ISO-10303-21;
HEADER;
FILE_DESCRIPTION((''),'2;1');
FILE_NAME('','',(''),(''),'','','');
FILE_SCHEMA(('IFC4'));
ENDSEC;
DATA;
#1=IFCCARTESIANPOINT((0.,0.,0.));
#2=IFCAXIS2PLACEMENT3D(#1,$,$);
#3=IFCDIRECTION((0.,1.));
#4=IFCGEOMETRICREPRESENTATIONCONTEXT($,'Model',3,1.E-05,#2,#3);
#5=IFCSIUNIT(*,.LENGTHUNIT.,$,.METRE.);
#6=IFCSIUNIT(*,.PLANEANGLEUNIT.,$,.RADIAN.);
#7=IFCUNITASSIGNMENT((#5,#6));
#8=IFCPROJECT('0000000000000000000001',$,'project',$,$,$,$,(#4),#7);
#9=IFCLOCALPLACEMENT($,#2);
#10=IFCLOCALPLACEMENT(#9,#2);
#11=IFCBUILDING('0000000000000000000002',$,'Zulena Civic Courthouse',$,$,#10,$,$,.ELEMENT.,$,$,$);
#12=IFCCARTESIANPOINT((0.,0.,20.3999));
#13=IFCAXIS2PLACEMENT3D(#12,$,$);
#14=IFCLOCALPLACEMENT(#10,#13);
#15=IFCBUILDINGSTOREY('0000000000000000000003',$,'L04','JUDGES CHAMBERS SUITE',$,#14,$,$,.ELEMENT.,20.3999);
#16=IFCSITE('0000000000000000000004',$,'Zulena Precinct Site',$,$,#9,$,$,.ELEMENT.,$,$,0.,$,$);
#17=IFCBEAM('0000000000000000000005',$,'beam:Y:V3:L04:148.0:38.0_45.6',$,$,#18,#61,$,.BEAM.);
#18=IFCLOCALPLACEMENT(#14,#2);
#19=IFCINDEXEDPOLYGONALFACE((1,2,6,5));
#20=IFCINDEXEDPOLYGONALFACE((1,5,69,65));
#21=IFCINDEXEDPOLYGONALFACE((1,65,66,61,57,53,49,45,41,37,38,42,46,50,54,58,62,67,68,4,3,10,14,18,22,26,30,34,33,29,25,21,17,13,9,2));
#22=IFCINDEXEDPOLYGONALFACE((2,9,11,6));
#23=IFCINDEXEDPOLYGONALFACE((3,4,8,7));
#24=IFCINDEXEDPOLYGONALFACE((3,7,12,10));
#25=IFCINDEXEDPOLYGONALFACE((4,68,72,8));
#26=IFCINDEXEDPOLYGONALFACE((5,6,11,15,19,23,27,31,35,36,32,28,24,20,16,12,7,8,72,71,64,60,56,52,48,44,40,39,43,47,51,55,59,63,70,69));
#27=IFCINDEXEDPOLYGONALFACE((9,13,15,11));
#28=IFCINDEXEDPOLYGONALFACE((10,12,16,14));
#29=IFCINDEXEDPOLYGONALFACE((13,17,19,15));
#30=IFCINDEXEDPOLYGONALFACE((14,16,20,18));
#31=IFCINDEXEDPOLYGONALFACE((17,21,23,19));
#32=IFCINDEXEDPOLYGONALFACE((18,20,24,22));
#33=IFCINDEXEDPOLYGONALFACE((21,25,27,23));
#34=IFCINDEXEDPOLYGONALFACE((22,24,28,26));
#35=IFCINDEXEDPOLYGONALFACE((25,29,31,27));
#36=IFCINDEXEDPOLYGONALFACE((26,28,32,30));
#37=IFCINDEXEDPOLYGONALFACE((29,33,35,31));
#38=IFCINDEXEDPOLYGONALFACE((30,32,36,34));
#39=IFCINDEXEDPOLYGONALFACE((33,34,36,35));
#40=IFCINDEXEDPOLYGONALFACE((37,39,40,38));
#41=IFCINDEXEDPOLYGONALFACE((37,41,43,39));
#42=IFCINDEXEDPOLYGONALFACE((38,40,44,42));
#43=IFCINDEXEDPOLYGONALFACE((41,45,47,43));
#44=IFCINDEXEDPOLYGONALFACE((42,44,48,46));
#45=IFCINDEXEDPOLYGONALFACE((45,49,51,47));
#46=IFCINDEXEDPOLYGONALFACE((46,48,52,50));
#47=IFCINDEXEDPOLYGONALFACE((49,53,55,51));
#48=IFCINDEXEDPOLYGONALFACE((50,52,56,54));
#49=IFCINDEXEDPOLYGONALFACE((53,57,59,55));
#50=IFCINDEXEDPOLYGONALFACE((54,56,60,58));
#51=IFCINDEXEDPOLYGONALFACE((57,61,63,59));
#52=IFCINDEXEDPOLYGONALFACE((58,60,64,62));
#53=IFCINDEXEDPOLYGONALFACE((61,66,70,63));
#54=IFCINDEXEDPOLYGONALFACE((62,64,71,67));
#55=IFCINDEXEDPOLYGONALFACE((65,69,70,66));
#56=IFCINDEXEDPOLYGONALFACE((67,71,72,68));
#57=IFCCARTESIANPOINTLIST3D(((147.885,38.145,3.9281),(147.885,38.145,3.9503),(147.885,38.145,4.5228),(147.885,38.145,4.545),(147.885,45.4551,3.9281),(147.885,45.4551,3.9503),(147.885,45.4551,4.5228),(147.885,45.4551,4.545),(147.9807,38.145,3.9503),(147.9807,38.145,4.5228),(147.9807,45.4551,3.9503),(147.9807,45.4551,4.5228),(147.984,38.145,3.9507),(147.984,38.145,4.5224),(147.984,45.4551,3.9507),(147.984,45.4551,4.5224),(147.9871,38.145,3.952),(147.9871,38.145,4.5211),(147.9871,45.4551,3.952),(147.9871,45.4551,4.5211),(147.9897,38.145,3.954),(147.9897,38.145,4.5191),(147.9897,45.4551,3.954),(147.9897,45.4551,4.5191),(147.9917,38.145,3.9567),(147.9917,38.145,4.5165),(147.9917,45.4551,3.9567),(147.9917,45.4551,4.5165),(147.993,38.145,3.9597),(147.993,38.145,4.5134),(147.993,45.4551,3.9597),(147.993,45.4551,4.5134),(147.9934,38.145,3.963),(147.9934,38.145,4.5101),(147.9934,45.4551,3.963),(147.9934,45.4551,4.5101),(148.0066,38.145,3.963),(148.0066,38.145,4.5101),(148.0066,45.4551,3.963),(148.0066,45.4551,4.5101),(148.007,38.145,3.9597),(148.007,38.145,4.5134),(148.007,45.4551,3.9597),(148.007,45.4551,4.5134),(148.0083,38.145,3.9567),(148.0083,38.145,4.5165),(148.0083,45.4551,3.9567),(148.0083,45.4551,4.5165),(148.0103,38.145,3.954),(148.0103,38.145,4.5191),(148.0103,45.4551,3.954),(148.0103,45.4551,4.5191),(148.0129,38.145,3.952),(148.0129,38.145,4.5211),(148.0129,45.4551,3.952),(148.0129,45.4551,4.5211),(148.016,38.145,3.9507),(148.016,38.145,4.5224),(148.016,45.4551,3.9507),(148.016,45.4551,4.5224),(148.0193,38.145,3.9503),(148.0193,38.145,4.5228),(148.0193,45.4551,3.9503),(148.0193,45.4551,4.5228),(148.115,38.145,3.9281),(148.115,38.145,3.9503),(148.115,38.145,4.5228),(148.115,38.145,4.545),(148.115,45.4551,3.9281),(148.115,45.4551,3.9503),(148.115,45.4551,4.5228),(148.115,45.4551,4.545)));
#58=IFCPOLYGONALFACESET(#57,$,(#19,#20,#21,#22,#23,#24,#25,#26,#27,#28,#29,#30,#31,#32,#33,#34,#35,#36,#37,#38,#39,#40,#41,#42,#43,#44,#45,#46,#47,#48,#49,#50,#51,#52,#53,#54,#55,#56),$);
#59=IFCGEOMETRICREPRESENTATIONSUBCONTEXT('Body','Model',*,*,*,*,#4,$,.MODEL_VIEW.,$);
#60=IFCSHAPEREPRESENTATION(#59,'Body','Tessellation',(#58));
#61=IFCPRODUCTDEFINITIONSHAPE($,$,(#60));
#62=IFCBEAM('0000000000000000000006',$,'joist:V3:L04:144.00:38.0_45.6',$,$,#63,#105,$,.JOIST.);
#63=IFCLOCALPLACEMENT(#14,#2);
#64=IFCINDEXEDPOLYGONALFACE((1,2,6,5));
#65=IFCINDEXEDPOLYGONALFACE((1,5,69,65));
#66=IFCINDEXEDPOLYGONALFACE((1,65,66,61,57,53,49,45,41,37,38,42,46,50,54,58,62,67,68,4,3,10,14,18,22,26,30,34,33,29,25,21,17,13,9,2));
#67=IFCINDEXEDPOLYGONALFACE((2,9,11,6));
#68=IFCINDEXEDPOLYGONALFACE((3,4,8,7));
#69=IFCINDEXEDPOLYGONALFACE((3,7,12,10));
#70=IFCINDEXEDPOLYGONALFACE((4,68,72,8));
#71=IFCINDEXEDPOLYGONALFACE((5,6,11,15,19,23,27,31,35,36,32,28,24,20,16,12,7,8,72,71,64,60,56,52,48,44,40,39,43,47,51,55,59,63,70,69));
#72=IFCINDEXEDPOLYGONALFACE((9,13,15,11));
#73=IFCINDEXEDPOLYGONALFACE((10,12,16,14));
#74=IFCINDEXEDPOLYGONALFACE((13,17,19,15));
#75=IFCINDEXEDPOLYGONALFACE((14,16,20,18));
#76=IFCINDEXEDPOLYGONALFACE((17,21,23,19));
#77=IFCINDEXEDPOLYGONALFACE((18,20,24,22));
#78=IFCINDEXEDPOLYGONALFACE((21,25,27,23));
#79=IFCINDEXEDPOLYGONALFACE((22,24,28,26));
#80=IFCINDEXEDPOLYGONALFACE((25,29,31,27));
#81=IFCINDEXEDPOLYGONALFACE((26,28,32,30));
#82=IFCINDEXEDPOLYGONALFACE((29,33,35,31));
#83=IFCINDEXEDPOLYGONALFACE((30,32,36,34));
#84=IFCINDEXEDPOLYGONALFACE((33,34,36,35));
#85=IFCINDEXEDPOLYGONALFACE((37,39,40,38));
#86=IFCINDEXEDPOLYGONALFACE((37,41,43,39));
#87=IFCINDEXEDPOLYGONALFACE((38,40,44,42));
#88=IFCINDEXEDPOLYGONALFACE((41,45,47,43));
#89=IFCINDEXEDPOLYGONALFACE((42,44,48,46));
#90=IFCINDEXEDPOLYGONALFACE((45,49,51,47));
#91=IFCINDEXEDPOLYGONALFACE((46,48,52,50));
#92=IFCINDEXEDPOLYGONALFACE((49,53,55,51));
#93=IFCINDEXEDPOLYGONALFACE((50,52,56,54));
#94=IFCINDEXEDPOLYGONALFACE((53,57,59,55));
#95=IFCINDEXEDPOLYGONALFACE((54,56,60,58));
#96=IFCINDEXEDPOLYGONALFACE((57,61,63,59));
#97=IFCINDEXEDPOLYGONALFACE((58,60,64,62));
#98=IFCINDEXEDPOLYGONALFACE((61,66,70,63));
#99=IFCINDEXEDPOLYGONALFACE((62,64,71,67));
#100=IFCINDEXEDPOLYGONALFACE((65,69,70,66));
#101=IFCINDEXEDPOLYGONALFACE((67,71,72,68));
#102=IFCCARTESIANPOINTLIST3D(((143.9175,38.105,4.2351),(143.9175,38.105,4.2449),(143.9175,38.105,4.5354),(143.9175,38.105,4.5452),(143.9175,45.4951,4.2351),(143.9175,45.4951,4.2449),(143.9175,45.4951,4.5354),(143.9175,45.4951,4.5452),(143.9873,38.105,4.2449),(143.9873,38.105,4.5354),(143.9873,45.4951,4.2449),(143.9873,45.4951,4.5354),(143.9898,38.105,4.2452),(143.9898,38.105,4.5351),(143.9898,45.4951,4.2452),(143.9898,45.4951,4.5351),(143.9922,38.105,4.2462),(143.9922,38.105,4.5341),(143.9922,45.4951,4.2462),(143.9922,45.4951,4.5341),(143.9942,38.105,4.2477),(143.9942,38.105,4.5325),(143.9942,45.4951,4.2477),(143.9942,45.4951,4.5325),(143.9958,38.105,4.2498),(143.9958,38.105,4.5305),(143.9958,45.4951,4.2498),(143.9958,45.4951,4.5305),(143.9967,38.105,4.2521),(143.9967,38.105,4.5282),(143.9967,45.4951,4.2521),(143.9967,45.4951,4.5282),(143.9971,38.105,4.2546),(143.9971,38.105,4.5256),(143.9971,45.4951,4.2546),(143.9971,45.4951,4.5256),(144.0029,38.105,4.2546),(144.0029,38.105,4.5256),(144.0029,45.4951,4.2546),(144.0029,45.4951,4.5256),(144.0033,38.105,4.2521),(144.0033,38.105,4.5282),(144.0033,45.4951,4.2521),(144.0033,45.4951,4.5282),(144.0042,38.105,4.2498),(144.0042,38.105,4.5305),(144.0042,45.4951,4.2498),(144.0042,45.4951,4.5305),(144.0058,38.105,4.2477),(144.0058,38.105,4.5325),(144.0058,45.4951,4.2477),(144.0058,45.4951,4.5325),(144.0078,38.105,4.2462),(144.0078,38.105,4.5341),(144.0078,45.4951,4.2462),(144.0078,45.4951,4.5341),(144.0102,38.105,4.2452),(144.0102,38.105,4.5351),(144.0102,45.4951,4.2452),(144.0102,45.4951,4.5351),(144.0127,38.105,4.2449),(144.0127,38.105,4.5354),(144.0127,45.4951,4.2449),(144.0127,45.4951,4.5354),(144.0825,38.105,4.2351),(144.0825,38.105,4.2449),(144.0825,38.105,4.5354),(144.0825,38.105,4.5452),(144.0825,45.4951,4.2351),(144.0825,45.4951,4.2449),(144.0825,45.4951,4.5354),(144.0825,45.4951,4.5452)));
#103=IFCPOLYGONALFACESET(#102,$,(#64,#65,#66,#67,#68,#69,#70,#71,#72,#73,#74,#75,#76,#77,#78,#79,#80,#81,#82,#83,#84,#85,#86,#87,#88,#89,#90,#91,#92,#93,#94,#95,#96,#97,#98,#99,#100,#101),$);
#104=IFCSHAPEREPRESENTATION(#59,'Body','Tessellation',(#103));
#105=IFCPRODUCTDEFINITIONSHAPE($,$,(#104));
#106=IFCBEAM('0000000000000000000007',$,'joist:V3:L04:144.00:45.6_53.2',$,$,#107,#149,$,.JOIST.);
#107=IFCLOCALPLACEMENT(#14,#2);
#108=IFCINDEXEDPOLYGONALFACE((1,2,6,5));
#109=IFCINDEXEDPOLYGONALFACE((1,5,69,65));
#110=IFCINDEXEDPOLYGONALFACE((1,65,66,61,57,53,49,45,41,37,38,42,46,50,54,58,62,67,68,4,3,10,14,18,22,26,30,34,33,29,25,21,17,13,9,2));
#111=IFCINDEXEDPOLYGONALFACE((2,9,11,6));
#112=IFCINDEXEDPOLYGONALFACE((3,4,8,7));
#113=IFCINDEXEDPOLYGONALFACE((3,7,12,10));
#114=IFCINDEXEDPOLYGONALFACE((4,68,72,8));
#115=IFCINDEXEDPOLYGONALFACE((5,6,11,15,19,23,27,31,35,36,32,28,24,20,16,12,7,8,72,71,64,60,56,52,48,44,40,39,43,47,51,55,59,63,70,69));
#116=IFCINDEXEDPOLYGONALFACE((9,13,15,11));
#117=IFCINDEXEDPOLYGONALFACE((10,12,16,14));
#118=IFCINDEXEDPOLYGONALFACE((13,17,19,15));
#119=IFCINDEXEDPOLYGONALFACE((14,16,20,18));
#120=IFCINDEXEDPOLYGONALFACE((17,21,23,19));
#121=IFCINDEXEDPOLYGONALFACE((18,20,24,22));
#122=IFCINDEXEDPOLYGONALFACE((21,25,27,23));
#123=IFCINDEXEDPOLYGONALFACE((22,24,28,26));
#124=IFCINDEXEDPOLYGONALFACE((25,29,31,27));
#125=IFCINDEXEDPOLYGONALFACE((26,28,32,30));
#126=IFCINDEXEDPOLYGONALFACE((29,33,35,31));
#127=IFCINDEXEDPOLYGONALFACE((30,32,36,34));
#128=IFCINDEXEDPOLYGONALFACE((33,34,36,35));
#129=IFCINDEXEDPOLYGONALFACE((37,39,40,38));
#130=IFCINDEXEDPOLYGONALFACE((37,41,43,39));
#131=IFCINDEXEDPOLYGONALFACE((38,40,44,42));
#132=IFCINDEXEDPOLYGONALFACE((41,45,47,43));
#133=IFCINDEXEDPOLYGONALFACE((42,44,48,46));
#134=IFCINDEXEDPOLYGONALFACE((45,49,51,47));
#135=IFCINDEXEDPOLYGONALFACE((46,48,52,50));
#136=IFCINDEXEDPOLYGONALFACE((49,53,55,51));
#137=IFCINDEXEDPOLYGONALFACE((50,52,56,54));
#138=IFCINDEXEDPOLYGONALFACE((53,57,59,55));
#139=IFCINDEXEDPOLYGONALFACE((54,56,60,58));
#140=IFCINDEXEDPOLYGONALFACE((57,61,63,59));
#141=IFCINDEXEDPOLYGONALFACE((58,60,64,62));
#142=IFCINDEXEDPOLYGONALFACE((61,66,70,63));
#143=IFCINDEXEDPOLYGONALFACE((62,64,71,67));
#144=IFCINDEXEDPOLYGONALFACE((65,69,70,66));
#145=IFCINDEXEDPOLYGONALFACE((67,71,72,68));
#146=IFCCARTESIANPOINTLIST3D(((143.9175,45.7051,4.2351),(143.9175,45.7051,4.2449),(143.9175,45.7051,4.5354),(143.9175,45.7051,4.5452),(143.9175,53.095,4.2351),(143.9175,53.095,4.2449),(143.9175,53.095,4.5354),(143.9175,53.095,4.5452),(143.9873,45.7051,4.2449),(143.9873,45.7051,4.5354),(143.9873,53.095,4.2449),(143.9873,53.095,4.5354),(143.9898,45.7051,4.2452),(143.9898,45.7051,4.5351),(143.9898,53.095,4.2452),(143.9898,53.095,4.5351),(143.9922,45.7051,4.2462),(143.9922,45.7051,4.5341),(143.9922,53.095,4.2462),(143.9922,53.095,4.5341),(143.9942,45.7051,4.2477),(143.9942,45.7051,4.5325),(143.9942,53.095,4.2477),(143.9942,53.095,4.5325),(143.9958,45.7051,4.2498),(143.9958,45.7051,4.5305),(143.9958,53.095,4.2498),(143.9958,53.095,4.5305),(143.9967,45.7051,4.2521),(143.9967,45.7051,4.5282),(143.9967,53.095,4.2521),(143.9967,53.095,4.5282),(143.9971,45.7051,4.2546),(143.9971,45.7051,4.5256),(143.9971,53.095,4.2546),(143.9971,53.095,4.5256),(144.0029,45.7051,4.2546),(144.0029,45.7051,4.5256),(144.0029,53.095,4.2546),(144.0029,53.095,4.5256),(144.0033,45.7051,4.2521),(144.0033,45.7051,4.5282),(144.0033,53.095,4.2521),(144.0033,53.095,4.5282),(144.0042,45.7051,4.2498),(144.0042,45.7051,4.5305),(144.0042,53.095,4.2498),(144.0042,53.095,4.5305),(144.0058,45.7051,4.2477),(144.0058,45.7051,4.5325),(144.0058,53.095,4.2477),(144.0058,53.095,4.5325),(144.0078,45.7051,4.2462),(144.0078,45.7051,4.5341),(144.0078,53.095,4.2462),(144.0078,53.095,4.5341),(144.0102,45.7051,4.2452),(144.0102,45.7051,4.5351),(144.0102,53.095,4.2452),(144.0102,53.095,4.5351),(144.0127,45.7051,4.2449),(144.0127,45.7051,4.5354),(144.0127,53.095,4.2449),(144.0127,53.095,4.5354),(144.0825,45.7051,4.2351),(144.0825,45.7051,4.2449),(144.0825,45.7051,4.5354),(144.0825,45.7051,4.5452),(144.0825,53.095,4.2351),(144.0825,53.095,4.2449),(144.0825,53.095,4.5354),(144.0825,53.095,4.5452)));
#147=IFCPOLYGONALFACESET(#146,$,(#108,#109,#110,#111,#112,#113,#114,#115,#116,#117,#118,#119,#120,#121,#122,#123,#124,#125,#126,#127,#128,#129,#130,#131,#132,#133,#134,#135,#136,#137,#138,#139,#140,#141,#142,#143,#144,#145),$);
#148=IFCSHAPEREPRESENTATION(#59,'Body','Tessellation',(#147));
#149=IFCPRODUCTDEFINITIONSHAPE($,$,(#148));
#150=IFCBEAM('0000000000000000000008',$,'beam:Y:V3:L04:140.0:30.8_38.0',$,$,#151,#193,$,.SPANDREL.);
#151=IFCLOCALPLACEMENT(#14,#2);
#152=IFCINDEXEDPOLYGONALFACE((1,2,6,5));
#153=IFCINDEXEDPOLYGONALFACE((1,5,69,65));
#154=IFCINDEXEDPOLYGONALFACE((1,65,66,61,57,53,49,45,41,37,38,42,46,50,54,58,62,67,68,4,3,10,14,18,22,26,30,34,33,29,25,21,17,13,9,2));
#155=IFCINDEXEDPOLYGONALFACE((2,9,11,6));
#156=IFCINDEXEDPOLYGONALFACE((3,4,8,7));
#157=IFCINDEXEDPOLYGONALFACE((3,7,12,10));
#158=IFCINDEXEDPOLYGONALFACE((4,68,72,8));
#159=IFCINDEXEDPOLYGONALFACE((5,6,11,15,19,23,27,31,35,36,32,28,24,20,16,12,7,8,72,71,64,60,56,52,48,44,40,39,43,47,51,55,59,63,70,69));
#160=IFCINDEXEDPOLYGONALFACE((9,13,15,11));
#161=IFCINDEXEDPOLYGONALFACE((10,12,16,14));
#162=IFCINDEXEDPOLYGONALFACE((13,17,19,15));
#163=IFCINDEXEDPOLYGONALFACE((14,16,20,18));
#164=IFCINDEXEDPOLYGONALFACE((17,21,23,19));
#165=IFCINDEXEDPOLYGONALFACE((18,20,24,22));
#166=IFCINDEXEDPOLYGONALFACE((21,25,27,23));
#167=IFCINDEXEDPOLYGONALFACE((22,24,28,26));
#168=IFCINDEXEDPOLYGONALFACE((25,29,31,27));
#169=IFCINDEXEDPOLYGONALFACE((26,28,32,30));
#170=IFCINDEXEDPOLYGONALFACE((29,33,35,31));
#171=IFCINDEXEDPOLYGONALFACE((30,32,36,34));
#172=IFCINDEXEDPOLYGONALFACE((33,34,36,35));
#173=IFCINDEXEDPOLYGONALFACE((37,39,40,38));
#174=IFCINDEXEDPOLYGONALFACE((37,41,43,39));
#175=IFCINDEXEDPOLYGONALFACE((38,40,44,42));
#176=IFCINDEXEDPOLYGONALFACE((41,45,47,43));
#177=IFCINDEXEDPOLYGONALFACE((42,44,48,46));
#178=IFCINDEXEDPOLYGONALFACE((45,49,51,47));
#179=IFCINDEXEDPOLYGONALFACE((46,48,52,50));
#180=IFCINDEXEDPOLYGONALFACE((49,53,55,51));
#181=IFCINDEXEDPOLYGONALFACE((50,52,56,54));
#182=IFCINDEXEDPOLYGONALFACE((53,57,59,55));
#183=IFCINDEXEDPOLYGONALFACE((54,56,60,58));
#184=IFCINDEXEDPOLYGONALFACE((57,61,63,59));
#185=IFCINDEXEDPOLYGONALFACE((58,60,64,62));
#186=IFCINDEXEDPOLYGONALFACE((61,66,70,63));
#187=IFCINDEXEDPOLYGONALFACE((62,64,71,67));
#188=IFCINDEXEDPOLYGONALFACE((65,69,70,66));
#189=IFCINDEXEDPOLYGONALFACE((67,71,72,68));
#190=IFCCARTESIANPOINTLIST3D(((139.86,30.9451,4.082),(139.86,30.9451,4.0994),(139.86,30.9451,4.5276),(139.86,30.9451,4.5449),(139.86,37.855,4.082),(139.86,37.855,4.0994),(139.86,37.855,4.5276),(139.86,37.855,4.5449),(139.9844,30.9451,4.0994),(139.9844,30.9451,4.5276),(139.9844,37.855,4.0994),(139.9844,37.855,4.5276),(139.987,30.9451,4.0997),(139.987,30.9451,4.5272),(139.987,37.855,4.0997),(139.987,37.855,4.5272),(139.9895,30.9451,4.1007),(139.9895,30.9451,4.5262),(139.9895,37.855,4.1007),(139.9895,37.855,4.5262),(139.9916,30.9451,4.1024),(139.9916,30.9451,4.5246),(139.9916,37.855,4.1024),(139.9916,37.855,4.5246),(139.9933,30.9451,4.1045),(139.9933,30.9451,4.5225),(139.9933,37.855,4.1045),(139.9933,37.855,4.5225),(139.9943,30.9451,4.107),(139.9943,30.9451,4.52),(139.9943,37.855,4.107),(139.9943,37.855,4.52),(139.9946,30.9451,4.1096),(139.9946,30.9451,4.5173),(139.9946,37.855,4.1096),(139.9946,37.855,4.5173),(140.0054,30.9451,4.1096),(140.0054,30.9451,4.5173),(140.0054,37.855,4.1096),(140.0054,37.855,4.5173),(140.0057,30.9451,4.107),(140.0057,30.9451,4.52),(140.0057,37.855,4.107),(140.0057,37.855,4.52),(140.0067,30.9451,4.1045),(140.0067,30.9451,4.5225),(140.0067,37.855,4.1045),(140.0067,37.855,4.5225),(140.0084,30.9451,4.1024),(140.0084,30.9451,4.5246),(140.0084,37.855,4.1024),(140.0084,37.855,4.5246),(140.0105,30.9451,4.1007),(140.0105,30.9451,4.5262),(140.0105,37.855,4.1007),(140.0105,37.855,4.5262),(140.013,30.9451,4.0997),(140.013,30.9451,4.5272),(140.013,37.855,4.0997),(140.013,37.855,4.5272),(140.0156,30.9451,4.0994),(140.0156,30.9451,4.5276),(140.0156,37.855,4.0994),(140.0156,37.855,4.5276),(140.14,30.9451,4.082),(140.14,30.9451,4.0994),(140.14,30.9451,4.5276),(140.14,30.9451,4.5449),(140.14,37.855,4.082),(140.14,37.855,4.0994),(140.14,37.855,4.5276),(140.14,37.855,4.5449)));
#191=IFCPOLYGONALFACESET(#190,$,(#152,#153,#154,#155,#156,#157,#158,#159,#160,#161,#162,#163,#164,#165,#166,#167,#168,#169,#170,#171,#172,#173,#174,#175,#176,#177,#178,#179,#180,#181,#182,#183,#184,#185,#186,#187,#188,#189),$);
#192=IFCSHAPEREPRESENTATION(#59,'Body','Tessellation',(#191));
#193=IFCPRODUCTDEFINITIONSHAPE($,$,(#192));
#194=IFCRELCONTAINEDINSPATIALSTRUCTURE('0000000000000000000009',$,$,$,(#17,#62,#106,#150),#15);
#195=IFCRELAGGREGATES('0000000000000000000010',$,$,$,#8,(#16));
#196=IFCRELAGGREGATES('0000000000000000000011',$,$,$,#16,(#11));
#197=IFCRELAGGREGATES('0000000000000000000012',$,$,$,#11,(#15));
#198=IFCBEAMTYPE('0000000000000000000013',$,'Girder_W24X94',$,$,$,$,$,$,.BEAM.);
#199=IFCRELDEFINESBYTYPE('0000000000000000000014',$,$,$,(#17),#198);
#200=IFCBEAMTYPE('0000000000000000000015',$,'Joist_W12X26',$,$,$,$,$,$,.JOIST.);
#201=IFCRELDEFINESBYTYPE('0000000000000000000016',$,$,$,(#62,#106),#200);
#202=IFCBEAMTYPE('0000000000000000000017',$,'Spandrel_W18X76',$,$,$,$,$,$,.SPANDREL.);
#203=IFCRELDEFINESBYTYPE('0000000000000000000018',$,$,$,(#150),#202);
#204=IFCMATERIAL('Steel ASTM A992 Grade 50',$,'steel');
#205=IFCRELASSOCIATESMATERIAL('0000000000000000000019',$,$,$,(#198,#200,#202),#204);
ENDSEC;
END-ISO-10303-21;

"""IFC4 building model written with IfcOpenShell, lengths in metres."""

from ifc_helpers import new_model, si_unit, direction, frame, origin, origin_2d, place, context, subcontext, project, spatial, i_section, extrude, material, material_profile, profile_set, type_object, element, save


model = new_model("IFC4")

# Units and contexts
model_context = context("Model", 3, precision=1e-05, world=origin(), true_north=direction((0.0, 1.0)))
body_context = subcontext(model_context, "Body", "Model", "MODEL_VIEW")
ifc_project = project(units=[si_unit("LENGTHUNIT", "METRE"), si_unit("PLANEANGLEUNIT", "RADIAN")], contexts=[model_context])

# Site, building, storey
site_placement = place(None, origin())
site = spatial("IfcSite", under=ifc_project, at=site_placement, Name="Zulena Precinct Site", CompositionType="ELEMENT", RefElevation=0.0)
building_placement = place(site_placement, origin())
building = spatial("IfcBuilding", under=site, at=building_placement, Name="Zulena Civic Courthouse", CompositionType="ELEMENT")
storey_placement = place(building_placement, frame((0.0, 0.0, 20.3999)))
storey = spatial("IfcBuildingStorey", under=building, at=storey_placement, Name="L04", Description="JUDGES CHAMBERS SUITE", CompositionType="ELEMENT", Elevation=20.3999)

# Shared definitions
ifc_material_1 = material(Name="Steel ASTM A992 Grade 50", Category="steel")

# Beams
ifc_material_profile_1 = material_profile(ifc_material_1, i_section(OverallWidth=0.23, OverallDepth=0.6169, WebThickness=0.0132, FlangeThickness=0.0222, FilletRadius=0.0127, at=origin_2d()), Name="W24X94")
ifc_profile_set_1 = profile_set([ifc_material_profile_1], Name="Steel ASTM A992 Grade 50")
beam_type_1 = type_object("IfcBeamType", Name="Girder_W24X94", PredefinedType="BEAM", material=ifc_profile_set_1)
for number, where, z_axis, x_axis, name in (
    (1, (148.0, 38.145, 4.2366), (0.0, 1.0, 0.0), (-1.0, 0.0, 0.0), "beam:Y:V3:L04:148.0:38.0_45.6"),
):
    element("IfcBeam", number, at=place(storey_placement, frame(where, z_axis=z_axis, x_axis=x_axis)), inside=storey, type_object=beam_type_1, Name=name, PredefinedType="BEAM", context=body_context, shape_type="SweptSolid", body=[
        extrude(i_section(OverallWidth=0.23, OverallDepth=0.6169, WebThickness=0.0132, FlangeThickness=0.0222, FilletRadius=0.0127, at=origin_2d()), origin(), (0.0, 0.0, 1.0), 7.3101),
    ])
ifc_material_profile_2 = material_profile(ifc_material_1, i_section(OverallWidth=0.165, OverallDepth=0.3101, WebThickness=0.0059, FlangeThickness=0.0098, FilletRadius=0.0098, at=origin_2d()), Name="W12X26")
ifc_profile_set_2 = profile_set([ifc_material_profile_2], Name="Steel ASTM A992 Grade 50")
beam_type_2 = type_object("IfcBeamType", Name="Joist_W12X26", PredefinedType="JOIST", material=ifc_profile_set_2)
beam_1_placement = place(storey_placement, frame((144.0, 38.105, 4.3901), z_axis=(0.0, 1.0, 0.0), x_axis=(-1.0, 0.0, 0.0)))
element("IfcBeam", 2, at=beam_1_placement, inside=storey, type_object=beam_type_2, Name="joist:V3:L04:144.00:38.0_45.6", PredefinedType="JOIST", context=body_context, shape_type="SweptSolid", body=[
    extrude(i_section(OverallWidth=0.165, OverallDepth=0.3101, WebThickness=0.0059, FlangeThickness=0.0098, FilletRadius=0.0098, at=origin_2d()), origin(), (0.0, 0.0, 1.0), 7.3901),
])
beam_2_placement = place(storey_placement, frame((144.0, 45.7051, 4.3901), z_axis=(0.0, 1.0, 0.0), x_axis=(-1.0, 0.0, 0.0)))
element("IfcBeam", 3, at=beam_2_placement, inside=storey, type_object=beam_type_2, Name="joist:V3:L04:144.00:45.6_53.2", PredefinedType="JOIST", context=body_context, shape_type="SweptSolid", body=[
    extrude(i_section(OverallWidth=0.165, OverallDepth=0.3101, WebThickness=0.0059, FlangeThickness=0.0098, FilletRadius=0.0098, at=origin_2d()), origin(), (0.0, 0.0, 1.0), 7.3899),
])
ifc_material_profile_3 = material_profile(ifc_material_1, i_section(OverallWidth=0.28, OverallDepth=0.4629, WebThickness=0.0107, FlangeThickness=0.0173, FilletRadius=0.0103, at=origin_2d()), Name="W18X76")
ifc_profile_set_3 = profile_set([ifc_material_profile_3], Name="Steel ASTM A992 Grade 50")
beam_type_3 = type_object("IfcBeamType", Name="Spandrel_W18X76", PredefinedType="SPANDREL", material=ifc_profile_set_3)
beam_3_placement = place(storey_placement, frame((140.0, 30.9451, 4.3135), z_axis=(0.0, 1.0, 0.0), x_axis=(-1.0, 0.0, 0.0)))
element("IfcBeam", 4, at=beam_3_placement, inside=storey, type_object=beam_type_3, Name="beam:Y:V3:L04:140.0:30.8_38.0", PredefinedType="SPANDREL", context=body_context, shape_type="SweptSolid", body=[
    extrude(i_section(OverallWidth=0.28, OverallDepth=0.4629, WebThickness=0.0107, FlangeThickness=0.0173, FilletRadius=0.0103, at=origin_2d()), origin(), (0.0, 0.0, 1.0), 6.9099),
])

save(model, "model.ifc")
